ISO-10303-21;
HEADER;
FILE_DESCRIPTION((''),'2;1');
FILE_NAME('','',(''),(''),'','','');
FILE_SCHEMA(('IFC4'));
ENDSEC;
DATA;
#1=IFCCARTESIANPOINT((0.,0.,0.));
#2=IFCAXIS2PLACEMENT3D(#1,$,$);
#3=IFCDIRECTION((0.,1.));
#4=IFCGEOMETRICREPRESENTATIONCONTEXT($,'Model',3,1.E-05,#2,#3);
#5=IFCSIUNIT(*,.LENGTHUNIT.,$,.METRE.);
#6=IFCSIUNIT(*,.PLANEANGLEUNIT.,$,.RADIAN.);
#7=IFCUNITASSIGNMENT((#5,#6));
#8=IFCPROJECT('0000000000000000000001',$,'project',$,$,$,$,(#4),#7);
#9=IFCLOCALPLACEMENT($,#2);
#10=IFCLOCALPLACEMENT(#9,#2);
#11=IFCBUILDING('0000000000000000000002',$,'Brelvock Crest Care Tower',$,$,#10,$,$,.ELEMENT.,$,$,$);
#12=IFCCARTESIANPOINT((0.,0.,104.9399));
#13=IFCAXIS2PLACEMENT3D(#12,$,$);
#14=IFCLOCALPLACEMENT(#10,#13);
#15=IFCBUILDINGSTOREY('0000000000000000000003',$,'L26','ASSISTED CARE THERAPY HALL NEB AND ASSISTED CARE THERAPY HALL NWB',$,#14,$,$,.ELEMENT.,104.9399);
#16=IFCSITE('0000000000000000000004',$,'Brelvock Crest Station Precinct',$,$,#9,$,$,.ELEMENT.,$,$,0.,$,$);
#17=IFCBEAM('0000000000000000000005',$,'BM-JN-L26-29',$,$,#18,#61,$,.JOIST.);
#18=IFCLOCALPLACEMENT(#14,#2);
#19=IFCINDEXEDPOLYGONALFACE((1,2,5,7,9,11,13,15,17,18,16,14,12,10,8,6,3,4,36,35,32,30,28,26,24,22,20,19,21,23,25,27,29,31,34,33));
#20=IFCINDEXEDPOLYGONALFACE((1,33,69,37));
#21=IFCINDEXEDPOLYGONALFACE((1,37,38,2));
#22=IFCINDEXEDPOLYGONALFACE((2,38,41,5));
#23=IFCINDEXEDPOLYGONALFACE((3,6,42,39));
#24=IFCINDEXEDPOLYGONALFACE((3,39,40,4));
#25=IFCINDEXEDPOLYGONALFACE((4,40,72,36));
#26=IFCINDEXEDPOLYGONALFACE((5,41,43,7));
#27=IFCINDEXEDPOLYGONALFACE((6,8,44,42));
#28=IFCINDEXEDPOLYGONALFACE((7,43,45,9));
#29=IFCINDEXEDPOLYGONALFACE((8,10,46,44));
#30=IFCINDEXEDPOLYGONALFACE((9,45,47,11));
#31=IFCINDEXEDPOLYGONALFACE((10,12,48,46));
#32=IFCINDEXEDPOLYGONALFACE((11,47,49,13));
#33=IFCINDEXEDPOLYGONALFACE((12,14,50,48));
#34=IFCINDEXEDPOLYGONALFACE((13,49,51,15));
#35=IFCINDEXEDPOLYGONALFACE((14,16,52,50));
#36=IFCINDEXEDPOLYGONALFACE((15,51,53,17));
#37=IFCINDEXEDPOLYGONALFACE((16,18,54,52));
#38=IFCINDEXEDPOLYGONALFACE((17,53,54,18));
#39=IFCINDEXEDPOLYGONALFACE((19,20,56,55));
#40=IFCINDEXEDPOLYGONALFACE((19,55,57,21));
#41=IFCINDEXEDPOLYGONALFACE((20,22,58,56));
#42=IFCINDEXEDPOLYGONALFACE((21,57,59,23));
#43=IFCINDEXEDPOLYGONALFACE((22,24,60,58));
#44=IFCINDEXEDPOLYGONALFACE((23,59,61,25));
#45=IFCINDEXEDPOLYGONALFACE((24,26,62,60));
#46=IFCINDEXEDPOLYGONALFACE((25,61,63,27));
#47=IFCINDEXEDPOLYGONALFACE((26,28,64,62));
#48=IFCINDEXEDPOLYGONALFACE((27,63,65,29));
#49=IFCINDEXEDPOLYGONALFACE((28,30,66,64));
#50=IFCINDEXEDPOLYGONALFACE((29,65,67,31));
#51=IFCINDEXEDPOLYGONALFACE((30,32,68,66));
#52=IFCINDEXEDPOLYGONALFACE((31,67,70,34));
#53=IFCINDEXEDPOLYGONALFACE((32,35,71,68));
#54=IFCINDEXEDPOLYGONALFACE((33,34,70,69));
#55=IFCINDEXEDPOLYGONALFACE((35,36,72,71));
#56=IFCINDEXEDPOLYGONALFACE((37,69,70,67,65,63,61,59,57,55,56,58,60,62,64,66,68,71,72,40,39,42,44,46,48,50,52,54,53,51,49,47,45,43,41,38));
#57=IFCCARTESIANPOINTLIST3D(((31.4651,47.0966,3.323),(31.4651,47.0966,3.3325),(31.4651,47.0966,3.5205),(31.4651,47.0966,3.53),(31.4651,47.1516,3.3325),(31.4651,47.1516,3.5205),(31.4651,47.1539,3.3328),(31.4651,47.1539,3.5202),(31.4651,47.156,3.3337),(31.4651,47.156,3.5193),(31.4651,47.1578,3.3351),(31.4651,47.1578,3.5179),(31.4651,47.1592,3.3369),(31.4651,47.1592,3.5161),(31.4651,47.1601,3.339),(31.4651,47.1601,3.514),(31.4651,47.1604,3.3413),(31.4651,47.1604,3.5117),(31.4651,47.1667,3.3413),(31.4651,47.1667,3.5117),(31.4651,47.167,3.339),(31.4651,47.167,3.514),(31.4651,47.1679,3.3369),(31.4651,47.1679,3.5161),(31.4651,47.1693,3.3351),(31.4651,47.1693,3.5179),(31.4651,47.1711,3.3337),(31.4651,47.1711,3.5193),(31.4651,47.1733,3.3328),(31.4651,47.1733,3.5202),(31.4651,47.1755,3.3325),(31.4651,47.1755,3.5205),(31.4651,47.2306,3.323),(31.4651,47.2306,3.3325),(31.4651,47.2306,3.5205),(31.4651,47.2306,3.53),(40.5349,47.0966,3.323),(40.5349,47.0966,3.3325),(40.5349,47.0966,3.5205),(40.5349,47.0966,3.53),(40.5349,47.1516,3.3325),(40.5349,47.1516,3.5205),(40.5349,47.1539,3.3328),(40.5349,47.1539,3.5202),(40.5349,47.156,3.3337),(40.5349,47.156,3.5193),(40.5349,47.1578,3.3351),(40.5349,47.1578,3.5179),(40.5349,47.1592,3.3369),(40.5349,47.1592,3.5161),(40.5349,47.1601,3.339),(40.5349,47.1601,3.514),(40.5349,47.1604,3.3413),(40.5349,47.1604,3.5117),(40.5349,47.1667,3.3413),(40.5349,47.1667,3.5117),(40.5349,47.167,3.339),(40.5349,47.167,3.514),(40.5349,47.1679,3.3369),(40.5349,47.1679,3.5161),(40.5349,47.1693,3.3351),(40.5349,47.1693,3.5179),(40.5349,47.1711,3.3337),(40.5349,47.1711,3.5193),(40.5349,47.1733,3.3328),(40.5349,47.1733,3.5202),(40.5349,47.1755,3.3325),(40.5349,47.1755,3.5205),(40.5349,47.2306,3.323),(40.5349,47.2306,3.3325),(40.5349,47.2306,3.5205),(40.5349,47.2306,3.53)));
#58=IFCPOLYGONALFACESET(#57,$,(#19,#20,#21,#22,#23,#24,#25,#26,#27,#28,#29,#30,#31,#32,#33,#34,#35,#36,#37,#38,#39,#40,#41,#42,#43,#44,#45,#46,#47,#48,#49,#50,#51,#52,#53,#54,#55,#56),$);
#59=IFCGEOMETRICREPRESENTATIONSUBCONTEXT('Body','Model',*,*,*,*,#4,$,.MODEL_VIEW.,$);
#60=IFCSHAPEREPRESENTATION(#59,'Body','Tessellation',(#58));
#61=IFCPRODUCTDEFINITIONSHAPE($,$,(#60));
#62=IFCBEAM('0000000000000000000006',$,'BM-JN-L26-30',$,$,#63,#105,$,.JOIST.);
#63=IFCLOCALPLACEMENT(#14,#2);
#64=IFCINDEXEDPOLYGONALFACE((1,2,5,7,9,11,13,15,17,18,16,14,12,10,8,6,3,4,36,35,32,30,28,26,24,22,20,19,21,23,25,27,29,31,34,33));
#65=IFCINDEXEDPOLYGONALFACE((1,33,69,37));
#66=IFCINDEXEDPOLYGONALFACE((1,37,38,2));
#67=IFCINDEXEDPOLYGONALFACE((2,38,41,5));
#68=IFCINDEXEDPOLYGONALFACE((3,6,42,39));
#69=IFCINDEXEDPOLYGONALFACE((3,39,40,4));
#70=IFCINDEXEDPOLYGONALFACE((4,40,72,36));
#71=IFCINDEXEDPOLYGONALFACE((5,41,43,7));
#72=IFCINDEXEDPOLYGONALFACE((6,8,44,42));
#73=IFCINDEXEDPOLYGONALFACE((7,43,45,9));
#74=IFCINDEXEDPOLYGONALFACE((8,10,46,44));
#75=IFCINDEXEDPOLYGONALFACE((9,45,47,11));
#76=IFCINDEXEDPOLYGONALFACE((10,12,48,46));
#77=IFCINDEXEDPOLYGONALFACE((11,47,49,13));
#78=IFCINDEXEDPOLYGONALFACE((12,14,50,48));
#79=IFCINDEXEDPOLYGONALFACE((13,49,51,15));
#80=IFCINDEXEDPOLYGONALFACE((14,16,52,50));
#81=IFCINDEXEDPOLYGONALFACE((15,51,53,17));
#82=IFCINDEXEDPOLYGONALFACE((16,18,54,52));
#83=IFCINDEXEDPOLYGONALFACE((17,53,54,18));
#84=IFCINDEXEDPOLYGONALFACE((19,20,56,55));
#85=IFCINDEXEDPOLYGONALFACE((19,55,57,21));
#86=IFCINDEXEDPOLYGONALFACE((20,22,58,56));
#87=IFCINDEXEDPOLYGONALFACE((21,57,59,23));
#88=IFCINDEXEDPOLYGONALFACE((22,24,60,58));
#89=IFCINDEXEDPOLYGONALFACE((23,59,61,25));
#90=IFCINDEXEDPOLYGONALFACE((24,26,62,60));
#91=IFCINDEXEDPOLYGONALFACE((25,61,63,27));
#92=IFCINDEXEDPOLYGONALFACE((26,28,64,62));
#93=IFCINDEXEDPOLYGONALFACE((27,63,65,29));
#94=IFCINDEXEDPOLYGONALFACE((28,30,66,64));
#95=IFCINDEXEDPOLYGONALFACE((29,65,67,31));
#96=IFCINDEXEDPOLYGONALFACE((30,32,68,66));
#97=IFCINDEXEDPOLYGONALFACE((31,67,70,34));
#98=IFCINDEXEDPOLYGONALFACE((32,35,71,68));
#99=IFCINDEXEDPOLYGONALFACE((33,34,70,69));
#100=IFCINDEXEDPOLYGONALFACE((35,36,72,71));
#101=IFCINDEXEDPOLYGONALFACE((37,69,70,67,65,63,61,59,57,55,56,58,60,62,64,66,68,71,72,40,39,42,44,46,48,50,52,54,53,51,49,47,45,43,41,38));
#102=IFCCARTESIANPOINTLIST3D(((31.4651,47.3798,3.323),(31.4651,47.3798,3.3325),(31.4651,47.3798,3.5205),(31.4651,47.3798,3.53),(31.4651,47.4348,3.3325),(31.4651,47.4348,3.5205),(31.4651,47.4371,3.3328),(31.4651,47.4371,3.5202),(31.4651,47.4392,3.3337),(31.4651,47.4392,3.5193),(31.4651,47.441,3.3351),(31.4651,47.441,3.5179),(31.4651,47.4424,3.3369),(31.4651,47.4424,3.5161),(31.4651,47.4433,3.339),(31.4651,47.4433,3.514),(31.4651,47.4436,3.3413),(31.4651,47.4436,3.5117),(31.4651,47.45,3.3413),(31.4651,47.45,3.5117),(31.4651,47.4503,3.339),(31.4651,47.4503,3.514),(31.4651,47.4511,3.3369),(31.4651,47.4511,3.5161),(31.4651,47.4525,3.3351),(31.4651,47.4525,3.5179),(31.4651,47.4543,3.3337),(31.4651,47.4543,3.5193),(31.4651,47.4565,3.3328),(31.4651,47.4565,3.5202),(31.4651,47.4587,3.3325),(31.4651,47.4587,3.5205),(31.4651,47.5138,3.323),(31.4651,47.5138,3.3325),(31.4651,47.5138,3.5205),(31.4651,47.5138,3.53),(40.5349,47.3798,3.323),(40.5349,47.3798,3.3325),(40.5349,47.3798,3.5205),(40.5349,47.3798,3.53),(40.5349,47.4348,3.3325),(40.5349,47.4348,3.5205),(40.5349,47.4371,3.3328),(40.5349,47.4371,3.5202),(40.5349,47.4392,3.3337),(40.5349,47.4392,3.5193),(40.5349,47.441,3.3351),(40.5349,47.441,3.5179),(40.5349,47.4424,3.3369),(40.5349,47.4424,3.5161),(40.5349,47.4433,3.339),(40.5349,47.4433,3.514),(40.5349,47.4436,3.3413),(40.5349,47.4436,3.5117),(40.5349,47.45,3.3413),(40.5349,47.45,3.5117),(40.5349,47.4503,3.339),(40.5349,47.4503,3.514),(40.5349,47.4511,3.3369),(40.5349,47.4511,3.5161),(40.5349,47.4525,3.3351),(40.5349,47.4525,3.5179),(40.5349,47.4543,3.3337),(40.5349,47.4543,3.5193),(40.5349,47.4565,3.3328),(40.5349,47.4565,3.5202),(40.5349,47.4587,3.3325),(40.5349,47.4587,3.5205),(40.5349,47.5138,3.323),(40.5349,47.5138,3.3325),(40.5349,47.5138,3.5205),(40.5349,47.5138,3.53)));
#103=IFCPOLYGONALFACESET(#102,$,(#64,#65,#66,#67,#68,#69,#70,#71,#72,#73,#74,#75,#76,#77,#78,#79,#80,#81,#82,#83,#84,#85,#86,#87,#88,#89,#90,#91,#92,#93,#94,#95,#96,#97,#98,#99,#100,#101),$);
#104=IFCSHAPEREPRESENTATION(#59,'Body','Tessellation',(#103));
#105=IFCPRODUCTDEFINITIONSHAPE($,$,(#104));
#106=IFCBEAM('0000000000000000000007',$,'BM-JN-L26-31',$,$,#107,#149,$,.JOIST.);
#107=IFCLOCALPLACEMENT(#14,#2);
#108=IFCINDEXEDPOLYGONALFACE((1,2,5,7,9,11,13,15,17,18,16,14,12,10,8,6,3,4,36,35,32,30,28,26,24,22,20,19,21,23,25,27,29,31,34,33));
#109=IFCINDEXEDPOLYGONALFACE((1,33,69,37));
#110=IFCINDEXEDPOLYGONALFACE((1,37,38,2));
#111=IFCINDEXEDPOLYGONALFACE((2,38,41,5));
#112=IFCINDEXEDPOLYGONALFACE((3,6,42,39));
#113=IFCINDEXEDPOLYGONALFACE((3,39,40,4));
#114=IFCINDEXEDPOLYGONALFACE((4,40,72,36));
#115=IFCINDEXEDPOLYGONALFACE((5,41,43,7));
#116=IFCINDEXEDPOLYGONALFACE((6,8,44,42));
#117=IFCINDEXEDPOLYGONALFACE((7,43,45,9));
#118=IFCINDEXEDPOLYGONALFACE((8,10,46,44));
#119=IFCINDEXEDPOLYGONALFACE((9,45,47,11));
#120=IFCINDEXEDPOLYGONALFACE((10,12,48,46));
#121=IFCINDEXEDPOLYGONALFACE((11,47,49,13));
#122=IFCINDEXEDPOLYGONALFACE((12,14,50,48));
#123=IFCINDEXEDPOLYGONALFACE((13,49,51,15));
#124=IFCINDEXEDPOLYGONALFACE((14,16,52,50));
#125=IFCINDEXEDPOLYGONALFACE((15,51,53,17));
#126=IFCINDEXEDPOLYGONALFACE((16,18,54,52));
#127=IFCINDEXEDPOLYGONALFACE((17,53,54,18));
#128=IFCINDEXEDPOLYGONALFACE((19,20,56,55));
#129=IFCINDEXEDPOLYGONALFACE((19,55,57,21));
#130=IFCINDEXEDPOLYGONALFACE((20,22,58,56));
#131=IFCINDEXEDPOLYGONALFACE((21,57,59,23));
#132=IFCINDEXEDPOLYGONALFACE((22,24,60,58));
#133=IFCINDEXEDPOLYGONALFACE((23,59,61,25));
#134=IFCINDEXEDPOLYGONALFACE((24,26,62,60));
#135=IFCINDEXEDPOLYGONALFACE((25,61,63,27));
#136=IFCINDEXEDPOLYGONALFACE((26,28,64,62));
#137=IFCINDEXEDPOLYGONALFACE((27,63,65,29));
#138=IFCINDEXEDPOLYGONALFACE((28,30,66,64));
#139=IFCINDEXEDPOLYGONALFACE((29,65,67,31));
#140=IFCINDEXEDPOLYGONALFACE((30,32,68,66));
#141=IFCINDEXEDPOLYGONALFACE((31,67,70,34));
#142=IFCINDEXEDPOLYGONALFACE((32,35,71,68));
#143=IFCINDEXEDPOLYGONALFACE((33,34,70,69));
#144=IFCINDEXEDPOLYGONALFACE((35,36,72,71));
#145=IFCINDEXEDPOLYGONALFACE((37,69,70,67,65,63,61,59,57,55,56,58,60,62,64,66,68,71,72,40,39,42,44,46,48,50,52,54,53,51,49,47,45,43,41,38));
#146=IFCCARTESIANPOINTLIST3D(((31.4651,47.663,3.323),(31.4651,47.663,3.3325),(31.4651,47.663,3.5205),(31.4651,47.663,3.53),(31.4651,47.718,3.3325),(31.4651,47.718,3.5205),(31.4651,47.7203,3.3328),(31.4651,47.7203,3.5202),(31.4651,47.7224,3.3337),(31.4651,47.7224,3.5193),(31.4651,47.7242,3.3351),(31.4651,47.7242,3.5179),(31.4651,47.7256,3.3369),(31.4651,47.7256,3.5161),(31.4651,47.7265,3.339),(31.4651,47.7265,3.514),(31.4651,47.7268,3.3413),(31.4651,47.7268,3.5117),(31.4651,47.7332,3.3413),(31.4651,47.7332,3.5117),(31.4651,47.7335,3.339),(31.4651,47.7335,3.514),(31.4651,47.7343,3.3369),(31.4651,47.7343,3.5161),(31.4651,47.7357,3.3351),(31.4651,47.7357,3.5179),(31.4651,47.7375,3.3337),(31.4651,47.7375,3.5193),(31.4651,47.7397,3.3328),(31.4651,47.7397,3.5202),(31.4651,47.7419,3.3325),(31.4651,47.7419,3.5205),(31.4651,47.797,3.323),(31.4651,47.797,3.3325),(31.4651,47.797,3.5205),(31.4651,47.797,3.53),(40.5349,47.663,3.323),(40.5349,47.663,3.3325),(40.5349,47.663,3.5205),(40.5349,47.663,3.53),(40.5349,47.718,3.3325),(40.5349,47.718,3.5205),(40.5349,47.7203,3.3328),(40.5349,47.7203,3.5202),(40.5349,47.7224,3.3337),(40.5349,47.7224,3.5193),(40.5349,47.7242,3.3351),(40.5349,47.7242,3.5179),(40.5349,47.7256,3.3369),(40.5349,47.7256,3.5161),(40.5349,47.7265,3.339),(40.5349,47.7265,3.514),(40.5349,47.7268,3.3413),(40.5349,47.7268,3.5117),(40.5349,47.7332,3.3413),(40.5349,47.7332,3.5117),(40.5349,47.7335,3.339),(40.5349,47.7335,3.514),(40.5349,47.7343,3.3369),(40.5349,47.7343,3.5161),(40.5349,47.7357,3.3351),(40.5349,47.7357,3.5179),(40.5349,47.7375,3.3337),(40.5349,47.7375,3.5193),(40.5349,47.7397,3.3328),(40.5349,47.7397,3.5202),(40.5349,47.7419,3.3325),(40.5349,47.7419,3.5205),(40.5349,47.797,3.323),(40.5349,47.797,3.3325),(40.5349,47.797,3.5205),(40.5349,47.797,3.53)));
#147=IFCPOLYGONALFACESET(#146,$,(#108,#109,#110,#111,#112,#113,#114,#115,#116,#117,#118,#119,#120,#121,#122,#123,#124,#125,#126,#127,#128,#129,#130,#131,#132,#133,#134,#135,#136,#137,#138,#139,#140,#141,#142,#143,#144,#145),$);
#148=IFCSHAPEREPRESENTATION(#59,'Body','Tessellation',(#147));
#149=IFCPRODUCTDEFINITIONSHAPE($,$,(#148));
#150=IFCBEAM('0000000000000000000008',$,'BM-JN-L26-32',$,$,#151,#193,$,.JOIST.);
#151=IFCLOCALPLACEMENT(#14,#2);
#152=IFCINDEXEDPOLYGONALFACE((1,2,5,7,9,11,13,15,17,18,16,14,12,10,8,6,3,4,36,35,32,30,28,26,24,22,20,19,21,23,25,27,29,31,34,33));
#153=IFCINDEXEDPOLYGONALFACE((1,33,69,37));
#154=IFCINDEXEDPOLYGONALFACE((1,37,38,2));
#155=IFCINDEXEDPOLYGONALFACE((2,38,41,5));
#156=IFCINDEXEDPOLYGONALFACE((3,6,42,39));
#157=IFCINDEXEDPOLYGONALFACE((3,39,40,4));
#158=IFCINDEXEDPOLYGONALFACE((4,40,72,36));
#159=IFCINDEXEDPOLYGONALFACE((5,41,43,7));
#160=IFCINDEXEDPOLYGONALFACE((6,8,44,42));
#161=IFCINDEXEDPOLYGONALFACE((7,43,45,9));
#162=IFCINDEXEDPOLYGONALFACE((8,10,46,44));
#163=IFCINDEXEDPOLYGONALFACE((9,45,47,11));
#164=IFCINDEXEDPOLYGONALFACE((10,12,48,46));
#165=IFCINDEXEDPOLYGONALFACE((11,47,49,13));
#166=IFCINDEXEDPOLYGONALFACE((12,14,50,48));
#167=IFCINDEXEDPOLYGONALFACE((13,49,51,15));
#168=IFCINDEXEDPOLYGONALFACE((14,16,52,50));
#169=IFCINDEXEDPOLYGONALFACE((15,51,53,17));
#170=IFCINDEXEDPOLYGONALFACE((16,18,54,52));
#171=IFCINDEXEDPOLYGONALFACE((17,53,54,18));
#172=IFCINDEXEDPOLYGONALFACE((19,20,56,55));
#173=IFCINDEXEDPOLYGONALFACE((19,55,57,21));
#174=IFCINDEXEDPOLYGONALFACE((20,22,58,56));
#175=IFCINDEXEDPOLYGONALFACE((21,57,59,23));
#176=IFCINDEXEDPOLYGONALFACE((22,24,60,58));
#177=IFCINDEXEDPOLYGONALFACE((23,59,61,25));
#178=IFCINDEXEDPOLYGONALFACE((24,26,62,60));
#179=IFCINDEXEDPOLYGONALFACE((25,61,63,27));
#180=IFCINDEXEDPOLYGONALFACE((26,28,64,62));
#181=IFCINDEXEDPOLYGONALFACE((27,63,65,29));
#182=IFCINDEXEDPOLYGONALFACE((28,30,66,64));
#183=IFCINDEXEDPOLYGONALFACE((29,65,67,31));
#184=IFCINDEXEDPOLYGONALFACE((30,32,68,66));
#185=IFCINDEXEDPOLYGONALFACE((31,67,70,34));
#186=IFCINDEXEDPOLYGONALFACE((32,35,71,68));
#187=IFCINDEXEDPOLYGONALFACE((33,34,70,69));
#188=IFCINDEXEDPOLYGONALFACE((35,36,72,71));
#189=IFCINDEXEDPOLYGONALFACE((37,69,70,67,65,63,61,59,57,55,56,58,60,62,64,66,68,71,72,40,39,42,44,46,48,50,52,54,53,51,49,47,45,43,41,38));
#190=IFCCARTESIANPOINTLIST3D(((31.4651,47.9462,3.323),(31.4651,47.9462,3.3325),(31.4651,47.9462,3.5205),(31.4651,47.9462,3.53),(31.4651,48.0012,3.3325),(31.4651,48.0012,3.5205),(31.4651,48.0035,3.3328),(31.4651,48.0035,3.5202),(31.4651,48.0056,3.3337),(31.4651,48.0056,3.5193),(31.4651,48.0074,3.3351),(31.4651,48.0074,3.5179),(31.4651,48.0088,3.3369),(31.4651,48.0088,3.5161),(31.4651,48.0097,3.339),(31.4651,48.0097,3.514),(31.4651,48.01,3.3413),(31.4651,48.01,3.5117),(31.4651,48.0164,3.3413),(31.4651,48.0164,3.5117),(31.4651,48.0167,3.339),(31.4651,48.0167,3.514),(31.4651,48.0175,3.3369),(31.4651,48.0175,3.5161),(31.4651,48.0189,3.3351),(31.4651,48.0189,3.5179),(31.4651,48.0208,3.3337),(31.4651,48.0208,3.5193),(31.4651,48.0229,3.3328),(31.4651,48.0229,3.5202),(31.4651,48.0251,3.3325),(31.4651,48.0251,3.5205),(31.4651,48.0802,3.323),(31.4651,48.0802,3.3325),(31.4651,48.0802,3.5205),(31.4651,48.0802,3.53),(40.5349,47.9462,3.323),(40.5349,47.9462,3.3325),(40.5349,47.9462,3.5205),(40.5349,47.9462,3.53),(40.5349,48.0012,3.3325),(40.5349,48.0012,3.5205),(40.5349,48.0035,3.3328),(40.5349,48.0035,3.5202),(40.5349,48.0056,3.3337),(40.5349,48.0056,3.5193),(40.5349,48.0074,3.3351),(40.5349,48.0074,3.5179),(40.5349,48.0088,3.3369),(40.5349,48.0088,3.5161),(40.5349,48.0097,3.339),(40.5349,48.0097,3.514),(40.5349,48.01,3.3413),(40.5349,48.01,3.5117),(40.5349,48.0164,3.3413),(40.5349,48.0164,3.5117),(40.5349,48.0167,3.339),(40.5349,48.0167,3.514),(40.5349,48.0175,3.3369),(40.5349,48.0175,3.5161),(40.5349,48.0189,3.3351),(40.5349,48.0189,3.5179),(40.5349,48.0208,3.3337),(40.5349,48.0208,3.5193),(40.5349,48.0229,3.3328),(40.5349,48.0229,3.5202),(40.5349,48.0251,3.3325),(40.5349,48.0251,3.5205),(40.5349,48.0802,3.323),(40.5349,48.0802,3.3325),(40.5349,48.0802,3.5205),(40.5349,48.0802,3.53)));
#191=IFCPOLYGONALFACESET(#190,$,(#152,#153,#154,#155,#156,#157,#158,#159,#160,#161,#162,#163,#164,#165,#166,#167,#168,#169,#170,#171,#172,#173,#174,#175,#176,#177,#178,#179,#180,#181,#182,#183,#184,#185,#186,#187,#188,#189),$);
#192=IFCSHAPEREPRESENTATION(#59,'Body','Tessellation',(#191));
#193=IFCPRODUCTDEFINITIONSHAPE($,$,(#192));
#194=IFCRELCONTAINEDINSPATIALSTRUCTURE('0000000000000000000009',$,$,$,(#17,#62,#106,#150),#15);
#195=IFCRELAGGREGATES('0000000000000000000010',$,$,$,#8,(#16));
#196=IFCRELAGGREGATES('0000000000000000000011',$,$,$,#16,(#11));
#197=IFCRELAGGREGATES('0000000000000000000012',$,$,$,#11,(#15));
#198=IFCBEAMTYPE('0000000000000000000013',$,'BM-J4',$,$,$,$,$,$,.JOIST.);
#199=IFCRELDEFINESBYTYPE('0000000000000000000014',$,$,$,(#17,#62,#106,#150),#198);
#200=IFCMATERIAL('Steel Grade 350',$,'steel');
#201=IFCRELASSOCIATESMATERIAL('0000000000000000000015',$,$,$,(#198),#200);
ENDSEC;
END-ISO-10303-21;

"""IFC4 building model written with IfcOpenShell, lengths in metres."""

from ifc_helpers import new_model, si_unit, direction, frame, origin, origin_2d, place, context, subcontext, project, spatial, i_section, extrude, source, transform, mapped, material, material_profile, profile_set, type_object, element, save


model = new_model("IFC4")

# Units and contexts
model_context = context("Model", 3, precision=1e-05, world=origin(), true_north=direction((0.0, 1.0)))
body_context = subcontext(model_context, "Body", "Model", "MODEL_VIEW")
ifc_project = project(units=[si_unit("LENGTHUNIT", "METRE"), si_unit("PLANEANGLEUNIT", "RADIAN")], contexts=[model_context])

# Site, building, storey
site_placement = place(None, origin())
site = spatial("IfcSite", under=ifc_project, at=site_placement, Name="Brelvock Crest Station Precinct", CompositionType="ELEMENT", RefElevation=0.0)
building_placement = place(site_placement, origin())
building = spatial("IfcBuilding", under=site, at=building_placement, Name="Brelvock Crest Care Tower", CompositionType="ELEMENT")
storey_placement = place(building_placement, frame((0.0, 0.0, 104.9399)))
storey = spatial("IfcBuildingStorey", under=building, at=storey_placement, Name="L26", Description="ASSISTED CARE THERAPY HALL NEB AND ASSISTED CARE THERAPY HALL NWB", CompositionType="ELEMENT", Elevation=104.9399)

# Shared definitions
ifc_material_1 = material(Name="Steel Grade 350", Category="steel")

# Beams
ifc_material_profile_1 = material_profile(ifc_material_1, i_section(OverallWidth=0.134, OverallDepth=0.207, WebThickness=0.0063, FlangeThickness=0.0095, FilletRadius=0.0088, at=origin_2d()), Name="200UB29.8")
ifc_profile_set_1 = profile_set([ifc_material_profile_1], Name="Steel Grade 350")
beam_type_1 = type_object("IfcBeamType", Name="BM-J4", PredefinedType="JOIST", material=ifc_profile_set_1)
shared_shape_1 = source(origin(), body_context, "Body", "SweptSolid", [
    extrude(i_section(OverallWidth=0.134, OverallDepth=0.207, WebThickness=0.0063, FlangeThickness=0.0095, FilletRadius=0.0088, at=origin_2d()), origin(), (0.0, 0.0, 1.0), 9.0698),
])
for number, where, z_axis, x_axis, name in (
    (1, (31.4651, 47.1636, 3.4265), (1.0, 0.0, 0.0), (0.0, 1.0, 0.0), "BM-JN-L26-29"),
    (2, (31.4651, 47.4468, 3.4265), (1.0, 0.0, 0.0), (0.0, 1.0, 0.0), "BM-JN-L26-30"),
    (3, (31.4651, 47.73, 3.4265), (1.0, 0.0, 0.0), (0.0, 1.0, 0.0), "BM-JN-L26-31"),
    (4, (31.4651, 48.0132, 3.4265), (1.0, 0.0, 0.0), (0.0, 1.0, 0.0), "BM-JN-L26-32"),
):
    element("IfcBeam", number, at=place(storey_placement, frame(where, z_axis=z_axis, x_axis=x_axis)), inside=storey, type_object=beam_type_1, Name=name, PredefinedType="JOIST", context=body_context, shape_type="MappedRepresentation", body=[
        mapped(shared_shape_1, transform((0.0, 0.0, 0.0), x_axis=(1.0, 0.0, 0.0), y_axis=(0.0, 1.0, 0.0), z_axis=(0.0, 0.0, 1.0), scale=1.0)),
    ])

save(model, "model.ifc")
